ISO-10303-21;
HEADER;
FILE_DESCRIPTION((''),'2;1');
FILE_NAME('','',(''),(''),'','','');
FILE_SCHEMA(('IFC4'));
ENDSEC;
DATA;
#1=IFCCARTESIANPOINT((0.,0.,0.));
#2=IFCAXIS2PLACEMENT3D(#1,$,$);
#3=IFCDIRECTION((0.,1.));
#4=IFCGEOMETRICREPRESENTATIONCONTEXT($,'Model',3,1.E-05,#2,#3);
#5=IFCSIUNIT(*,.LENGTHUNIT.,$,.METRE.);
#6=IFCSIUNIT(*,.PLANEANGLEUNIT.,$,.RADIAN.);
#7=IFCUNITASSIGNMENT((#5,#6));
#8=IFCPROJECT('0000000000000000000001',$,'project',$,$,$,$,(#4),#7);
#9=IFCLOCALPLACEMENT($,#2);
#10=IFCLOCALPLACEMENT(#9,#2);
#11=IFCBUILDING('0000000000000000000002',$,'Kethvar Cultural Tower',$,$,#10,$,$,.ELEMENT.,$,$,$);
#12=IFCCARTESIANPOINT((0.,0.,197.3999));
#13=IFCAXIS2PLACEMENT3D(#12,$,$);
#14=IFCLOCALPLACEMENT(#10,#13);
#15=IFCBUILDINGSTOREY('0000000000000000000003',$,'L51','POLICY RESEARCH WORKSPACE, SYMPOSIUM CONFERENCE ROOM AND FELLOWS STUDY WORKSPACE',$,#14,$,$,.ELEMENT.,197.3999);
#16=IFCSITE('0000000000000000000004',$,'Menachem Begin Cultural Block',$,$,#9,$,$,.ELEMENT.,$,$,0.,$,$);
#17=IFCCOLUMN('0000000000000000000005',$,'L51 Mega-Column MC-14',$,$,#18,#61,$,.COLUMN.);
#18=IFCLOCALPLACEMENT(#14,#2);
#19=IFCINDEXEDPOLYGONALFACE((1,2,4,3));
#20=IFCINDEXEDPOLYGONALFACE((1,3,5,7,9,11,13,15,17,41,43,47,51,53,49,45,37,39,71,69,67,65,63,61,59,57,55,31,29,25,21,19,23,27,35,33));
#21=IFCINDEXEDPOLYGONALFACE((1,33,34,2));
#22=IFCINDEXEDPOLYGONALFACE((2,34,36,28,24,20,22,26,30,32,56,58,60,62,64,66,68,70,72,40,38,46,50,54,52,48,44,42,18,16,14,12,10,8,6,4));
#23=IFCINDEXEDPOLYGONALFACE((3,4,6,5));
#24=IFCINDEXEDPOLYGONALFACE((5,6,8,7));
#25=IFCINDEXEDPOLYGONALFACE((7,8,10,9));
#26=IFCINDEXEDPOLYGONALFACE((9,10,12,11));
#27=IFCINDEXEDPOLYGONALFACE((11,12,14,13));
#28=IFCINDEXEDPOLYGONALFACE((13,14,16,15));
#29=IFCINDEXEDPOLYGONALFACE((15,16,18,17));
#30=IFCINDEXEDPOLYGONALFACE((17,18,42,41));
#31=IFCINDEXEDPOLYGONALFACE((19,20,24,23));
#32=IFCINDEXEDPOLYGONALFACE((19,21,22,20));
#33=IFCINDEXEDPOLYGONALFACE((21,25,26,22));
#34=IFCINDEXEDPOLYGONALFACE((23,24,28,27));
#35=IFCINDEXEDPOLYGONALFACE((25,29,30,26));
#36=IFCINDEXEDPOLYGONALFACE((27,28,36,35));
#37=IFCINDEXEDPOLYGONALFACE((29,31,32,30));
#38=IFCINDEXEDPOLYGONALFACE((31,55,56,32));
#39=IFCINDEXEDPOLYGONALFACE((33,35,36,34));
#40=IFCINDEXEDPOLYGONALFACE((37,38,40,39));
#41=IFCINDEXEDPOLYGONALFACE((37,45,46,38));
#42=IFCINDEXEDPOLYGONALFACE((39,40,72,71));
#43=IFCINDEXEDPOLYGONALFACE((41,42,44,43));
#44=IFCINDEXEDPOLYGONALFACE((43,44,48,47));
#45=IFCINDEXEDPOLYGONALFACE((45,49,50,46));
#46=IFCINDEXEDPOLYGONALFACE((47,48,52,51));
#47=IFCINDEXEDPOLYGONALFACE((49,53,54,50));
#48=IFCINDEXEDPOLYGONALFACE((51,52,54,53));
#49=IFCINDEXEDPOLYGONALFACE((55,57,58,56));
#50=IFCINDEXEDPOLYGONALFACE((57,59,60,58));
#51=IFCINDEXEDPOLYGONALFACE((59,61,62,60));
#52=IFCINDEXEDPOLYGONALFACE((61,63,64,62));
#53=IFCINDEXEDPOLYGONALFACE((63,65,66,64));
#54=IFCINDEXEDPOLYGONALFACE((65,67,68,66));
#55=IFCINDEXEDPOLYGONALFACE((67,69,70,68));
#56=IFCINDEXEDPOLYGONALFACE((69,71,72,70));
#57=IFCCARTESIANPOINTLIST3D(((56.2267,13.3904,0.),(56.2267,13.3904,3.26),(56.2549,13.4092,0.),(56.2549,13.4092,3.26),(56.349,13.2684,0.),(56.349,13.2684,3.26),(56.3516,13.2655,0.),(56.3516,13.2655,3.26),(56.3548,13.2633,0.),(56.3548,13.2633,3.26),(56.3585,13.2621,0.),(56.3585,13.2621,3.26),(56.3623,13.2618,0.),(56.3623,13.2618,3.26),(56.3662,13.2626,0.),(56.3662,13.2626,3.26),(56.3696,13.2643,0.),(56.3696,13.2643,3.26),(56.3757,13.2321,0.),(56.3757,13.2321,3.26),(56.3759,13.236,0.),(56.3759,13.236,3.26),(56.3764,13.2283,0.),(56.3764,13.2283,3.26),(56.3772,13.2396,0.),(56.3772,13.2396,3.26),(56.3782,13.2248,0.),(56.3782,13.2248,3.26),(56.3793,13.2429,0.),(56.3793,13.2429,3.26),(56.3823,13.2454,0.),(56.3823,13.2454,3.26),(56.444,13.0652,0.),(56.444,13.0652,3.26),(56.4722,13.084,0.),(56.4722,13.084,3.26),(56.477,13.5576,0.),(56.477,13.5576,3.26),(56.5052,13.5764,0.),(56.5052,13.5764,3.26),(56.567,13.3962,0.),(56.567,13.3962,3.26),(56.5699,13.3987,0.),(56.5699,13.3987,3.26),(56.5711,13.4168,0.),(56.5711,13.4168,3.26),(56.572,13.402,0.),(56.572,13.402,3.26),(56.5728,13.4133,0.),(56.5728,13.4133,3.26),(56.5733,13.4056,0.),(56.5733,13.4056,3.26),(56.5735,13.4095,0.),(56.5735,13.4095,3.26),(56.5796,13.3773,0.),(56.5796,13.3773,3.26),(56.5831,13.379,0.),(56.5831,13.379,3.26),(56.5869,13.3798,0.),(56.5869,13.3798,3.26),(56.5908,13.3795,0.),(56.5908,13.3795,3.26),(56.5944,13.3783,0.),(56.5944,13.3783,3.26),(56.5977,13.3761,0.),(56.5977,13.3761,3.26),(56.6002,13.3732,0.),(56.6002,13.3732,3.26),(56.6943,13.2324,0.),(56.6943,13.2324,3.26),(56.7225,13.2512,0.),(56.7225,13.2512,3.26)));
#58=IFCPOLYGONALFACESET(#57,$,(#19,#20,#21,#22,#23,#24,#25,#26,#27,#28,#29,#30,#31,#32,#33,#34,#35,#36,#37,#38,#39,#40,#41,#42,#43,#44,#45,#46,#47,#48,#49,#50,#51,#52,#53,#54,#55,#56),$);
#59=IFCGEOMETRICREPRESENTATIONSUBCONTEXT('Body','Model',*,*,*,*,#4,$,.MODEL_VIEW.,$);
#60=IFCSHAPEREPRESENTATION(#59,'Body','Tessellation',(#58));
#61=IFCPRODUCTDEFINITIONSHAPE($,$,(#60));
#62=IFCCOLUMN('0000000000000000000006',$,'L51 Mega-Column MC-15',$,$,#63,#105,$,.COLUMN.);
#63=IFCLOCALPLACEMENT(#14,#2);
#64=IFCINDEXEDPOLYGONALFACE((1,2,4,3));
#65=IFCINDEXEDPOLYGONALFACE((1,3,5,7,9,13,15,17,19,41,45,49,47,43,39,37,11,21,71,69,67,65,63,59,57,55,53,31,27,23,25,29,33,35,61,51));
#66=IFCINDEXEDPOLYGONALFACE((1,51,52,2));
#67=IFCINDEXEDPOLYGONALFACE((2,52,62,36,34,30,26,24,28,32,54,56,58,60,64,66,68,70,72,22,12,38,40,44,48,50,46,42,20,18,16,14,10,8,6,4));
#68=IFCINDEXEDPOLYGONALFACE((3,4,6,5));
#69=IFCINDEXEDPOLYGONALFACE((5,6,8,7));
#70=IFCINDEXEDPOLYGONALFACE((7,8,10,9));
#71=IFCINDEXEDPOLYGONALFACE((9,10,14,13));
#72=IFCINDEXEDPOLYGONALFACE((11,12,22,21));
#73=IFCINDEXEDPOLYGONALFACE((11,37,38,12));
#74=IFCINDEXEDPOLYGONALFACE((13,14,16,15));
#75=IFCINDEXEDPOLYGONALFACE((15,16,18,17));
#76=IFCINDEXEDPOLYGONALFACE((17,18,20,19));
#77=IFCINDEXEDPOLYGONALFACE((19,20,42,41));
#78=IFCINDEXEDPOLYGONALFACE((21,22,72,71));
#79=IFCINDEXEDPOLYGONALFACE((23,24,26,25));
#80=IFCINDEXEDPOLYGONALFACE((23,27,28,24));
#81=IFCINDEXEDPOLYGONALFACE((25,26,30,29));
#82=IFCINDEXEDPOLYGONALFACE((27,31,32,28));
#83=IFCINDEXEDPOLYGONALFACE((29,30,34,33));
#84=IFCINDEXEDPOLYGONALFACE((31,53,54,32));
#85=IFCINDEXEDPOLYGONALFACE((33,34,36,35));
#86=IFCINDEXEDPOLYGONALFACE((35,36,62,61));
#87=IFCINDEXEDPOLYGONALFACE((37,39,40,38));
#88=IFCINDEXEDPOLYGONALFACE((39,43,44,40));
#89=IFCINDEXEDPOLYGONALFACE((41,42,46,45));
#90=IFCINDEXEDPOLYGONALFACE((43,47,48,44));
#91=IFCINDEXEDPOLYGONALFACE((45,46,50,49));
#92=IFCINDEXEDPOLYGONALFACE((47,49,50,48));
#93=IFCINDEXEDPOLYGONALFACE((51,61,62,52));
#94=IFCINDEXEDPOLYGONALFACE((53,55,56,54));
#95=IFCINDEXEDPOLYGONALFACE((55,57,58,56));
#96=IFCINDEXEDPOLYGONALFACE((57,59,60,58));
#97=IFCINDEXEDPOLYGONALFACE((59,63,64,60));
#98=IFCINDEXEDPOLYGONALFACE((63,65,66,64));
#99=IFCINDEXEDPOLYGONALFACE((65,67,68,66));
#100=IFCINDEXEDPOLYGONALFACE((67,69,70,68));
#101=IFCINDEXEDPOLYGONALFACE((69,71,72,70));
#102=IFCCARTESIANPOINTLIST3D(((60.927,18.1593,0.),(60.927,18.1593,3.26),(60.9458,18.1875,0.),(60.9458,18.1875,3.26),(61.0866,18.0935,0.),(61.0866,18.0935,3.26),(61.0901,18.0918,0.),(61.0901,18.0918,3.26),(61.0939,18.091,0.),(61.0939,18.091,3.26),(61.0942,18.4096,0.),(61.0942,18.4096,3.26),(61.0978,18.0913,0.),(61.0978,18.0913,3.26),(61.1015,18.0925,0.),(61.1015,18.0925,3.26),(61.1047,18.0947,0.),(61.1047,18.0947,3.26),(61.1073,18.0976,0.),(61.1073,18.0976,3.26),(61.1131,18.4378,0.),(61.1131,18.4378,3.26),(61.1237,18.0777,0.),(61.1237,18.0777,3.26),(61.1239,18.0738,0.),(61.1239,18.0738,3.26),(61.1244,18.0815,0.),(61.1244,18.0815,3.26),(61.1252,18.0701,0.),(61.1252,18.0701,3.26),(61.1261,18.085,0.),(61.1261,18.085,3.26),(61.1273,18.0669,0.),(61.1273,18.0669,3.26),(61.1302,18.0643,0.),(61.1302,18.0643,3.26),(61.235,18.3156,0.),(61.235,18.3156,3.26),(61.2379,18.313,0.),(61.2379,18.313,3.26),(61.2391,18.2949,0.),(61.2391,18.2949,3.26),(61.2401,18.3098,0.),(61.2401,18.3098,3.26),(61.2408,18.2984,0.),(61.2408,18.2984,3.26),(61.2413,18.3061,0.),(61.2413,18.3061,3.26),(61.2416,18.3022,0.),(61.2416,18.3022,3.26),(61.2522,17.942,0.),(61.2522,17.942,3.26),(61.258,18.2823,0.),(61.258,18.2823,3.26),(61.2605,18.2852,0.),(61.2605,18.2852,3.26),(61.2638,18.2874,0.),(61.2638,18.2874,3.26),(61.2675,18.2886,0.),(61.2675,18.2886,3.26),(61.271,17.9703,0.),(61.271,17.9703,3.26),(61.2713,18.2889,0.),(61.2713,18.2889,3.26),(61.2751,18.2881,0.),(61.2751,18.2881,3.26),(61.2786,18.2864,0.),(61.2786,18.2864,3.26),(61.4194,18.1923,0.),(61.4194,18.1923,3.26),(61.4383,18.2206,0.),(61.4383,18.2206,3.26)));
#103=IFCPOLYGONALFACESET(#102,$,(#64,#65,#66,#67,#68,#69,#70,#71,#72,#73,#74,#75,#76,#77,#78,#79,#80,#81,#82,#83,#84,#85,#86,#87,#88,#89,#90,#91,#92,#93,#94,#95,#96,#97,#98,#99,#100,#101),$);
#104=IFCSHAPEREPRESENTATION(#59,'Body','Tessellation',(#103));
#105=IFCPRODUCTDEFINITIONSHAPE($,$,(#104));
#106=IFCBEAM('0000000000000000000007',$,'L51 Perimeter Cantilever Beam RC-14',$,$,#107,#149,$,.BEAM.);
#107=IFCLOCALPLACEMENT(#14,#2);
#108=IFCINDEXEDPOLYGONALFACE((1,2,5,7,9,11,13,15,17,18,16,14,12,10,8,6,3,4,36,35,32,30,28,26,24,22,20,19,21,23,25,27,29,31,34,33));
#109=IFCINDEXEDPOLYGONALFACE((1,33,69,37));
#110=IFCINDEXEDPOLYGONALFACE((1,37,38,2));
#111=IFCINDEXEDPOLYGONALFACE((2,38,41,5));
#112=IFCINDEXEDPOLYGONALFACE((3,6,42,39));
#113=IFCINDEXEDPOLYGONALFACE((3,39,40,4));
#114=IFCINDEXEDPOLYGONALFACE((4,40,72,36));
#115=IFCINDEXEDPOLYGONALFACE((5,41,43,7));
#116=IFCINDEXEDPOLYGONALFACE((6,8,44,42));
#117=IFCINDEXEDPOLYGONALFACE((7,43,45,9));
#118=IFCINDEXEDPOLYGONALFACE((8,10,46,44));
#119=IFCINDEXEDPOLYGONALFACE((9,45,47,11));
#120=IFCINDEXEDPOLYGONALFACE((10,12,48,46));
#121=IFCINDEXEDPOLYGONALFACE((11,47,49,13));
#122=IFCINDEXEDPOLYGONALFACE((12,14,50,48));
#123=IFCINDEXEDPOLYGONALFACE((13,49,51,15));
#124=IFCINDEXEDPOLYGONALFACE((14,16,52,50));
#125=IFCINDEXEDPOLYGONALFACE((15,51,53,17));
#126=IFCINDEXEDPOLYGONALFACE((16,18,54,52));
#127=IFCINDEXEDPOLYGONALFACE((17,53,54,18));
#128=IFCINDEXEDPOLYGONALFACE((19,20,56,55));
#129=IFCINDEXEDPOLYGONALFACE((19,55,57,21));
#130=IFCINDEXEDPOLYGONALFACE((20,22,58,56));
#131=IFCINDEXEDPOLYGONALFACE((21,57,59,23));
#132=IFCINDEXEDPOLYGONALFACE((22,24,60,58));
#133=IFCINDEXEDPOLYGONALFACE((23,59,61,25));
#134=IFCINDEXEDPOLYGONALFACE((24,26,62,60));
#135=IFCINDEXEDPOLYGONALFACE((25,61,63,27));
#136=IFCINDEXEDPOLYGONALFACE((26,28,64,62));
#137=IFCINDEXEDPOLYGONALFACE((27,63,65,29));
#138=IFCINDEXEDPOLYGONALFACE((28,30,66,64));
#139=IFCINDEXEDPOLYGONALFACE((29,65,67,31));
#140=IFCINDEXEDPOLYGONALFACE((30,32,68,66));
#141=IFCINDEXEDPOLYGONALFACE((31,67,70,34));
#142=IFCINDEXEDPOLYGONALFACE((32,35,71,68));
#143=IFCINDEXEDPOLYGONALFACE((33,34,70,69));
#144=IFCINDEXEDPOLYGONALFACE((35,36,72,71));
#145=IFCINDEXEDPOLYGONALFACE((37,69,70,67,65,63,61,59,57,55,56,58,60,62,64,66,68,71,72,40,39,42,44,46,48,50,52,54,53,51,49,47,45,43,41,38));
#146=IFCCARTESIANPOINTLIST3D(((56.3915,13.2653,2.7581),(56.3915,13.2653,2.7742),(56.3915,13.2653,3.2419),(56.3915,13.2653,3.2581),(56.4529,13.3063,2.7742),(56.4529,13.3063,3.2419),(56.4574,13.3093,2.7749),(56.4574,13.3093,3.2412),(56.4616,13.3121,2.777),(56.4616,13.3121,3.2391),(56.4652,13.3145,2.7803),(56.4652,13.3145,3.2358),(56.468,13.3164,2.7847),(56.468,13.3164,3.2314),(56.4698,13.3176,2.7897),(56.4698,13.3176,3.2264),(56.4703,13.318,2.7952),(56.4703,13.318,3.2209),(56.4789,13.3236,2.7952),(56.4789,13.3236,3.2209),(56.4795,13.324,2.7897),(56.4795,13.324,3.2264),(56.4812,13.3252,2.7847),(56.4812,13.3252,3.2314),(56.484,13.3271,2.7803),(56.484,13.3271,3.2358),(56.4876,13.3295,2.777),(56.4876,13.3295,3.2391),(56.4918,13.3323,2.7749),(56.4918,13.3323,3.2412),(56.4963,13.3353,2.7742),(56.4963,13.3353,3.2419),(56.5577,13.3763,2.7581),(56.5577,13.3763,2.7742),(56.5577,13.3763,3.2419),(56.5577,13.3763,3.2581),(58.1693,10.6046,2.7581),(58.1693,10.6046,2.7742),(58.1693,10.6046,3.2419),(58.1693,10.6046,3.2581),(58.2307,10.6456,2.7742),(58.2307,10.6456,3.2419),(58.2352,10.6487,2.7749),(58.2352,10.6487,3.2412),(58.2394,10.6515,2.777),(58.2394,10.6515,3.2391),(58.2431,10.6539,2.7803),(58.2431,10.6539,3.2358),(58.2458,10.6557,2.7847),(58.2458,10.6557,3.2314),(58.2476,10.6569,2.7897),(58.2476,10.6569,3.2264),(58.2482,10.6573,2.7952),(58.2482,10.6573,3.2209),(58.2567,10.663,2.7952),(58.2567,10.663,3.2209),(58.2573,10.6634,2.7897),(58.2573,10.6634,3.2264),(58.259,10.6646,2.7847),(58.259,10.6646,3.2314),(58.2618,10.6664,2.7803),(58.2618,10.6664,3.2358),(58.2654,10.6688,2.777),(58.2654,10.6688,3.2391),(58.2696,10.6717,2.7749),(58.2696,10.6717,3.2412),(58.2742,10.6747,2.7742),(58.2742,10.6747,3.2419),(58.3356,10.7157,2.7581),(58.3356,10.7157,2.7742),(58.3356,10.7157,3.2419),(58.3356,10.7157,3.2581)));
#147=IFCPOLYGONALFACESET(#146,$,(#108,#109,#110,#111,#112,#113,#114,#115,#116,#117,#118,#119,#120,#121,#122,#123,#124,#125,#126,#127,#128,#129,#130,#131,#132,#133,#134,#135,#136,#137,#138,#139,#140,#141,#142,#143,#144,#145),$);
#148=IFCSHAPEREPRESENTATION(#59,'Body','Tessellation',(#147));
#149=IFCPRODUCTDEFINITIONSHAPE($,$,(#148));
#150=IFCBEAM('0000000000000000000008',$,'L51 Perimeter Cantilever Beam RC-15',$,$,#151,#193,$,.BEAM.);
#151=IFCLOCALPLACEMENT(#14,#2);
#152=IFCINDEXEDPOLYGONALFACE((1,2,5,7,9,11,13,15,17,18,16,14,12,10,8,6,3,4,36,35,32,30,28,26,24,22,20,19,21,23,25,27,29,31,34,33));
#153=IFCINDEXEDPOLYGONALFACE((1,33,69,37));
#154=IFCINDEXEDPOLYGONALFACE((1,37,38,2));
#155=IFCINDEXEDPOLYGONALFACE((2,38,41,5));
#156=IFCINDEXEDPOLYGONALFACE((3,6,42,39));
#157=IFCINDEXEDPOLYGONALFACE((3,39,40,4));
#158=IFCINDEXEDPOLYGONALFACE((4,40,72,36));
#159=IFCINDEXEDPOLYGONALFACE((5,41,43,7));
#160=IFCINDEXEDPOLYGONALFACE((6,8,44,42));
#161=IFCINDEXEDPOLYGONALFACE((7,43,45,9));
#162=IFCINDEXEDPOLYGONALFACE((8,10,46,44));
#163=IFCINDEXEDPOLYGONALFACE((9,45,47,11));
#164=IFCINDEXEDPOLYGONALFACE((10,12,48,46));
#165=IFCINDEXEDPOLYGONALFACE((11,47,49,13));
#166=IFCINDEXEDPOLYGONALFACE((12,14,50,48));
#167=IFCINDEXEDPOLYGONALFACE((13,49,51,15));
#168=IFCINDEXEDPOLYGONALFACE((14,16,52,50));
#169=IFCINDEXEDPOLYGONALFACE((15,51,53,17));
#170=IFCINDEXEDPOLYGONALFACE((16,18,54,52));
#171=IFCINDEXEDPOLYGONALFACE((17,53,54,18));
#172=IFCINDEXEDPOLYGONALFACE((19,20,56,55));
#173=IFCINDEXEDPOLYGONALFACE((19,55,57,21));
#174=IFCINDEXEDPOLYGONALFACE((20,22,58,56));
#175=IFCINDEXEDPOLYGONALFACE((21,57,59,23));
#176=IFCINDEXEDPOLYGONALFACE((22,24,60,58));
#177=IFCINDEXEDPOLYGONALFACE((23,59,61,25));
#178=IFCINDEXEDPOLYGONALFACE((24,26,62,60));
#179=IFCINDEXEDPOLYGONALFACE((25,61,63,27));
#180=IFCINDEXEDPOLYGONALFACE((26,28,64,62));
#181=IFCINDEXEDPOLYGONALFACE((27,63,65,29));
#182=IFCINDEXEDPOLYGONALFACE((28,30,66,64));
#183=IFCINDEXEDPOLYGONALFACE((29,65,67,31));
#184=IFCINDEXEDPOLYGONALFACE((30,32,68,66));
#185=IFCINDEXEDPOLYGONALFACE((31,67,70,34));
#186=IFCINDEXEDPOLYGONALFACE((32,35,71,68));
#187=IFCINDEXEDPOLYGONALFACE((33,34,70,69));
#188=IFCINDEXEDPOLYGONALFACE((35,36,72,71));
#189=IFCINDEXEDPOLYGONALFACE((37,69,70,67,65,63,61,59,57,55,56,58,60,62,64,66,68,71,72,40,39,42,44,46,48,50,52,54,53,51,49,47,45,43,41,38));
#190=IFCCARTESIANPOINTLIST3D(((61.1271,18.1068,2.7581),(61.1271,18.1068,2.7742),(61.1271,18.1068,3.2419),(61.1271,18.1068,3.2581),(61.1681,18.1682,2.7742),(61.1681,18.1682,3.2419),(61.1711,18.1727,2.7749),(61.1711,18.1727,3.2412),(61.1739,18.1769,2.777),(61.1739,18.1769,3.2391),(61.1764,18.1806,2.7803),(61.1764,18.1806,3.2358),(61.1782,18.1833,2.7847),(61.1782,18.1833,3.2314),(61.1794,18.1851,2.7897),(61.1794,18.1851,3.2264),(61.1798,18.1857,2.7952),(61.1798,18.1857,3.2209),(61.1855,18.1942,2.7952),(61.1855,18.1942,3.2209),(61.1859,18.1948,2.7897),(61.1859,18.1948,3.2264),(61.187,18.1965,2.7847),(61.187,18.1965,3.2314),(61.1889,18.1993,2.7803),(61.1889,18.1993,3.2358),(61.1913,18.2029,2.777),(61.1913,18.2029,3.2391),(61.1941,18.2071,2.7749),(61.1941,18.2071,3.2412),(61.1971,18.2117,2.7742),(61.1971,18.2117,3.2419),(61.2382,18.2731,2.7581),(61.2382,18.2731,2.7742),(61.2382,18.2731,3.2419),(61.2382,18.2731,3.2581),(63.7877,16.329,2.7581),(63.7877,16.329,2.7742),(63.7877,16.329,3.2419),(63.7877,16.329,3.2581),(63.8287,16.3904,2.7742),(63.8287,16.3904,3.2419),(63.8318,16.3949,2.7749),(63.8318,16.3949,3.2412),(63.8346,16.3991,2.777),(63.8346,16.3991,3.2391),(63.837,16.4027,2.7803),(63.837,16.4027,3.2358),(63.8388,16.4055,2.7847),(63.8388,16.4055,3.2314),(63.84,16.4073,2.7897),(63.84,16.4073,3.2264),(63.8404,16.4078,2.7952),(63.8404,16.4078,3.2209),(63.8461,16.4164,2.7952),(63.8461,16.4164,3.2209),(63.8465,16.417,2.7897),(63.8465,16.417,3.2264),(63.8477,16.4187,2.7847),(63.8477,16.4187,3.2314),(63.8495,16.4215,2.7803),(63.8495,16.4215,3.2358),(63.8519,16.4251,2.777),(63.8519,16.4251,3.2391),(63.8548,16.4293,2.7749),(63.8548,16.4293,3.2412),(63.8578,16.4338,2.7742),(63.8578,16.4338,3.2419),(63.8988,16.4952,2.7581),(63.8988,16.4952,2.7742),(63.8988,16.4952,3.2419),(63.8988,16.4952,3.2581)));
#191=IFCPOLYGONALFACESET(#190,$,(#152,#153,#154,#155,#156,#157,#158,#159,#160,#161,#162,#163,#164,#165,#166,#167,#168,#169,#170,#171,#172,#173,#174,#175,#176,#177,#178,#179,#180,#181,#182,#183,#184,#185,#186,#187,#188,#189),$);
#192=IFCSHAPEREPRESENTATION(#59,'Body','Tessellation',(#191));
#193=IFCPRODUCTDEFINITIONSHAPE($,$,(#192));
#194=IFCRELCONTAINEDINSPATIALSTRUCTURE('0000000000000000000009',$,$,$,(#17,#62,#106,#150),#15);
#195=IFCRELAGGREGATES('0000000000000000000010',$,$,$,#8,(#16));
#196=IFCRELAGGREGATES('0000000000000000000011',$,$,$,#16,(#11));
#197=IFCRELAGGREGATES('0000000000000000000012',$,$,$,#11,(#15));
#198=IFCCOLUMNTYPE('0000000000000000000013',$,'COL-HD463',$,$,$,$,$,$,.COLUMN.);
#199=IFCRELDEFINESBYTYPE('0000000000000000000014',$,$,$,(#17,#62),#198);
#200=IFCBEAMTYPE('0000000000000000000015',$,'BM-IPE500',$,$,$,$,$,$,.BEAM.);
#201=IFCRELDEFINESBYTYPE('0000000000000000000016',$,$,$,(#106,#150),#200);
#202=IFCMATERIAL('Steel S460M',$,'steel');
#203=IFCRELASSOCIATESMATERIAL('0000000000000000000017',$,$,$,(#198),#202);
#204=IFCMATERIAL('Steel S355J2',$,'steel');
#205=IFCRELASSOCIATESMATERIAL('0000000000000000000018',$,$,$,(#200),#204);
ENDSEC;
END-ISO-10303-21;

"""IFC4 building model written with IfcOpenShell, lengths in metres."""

from ifc_helpers import new_model, si_unit, direction, frame, origin, origin_2d, place, context, subcontext, project, spatial, i_section, extrude, source, transform, mapped, material, material_profile, profile_set, type_object, element, save


model = new_model("IFC4")

# Units and contexts
model_context = context("Model", 3, precision=1e-05, world=origin(), true_north=direction((0.0, 1.0)))
body_context = subcontext(model_context, "Body", "Model", "MODEL_VIEW")
ifc_project = project(units=[si_unit("LENGTHUNIT", "METRE"), si_unit("PLANEANGLEUNIT", "RADIAN")], contexts=[model_context])

# Site, building, storey
site_placement = place(None, origin())
site = spatial("IfcSite", under=ifc_project, at=site_placement, Name="Menachem Begin Cultural Block", CompositionType="ELEMENT", RefElevation=0.0)
building_placement = place(site_placement, origin())
building = spatial("IfcBuilding", under=site, at=building_placement, Name="Kethvar Cultural Tower", CompositionType="ELEMENT")
storey_placement = place(building_placement, frame((0.0, 0.0, 197.3999)))
storey = spatial("IfcBuildingStorey", under=building, at=storey_placement, Name="L51", Description="POLICY RESEARCH WORKSPACE, SYMPOSIUM CONFERENCE ROOM AND FELLOWS STUDY WORKSPACE", CompositionType="ELEMENT", Elevation=197.3999)

# Columns
ifc_material_1 = material(Name="Steel S460M", Category="steel")
ifc_material_profile_1 = material_profile(ifc_material_1, i_section(OverallWidth=0.3911, OverallDepth=0.335, WebThickness=0.0227, FlangeThickness=0.0339, FilletRadius=0.0149, at=origin_2d()), Name="Steel S460M — HD400x463")
ifc_profile_set_1 = profile_set([ifc_material_profile_1], Name="Steel S460M — HD400x463")
column_type = type_object("IfcColumnType", Name="COL-HD463", PredefinedType="COLUMN", material=ifc_profile_set_1)
shared_shape_1 = source(origin(), body_context, "Body", "SweptSolid", [
    extrude(i_section(OverallWidth=0.3911, OverallDepth=0.335, WebThickness=0.0227, FlangeThickness=0.0339, FilletRadius=0.0149, at=origin_2d()), origin(), (0.0, 0.0, 1.0), 3.26),
])
for number, where, z_axis, x_axis, name in (
    (1, (56.4746, 13.3208, 0.0), (0.0, 0.0, 1.0), (0.55557, -0.83147, 0.0), "L51 Mega-Column MC-14"),
    (2, (61.1826, 18.1899, 0.0), (0.0, 0.0, 1.0), (0.83147, -0.55557, 0.0), "L51 Mega-Column MC-15"),
):
    element("IfcColumn", number, at=place(storey_placement, frame(where, z_axis=z_axis, x_axis=x_axis)), inside=storey, type_object=column_type, Name=name, PredefinedType="COLUMN", context=body_context, shape_type="MappedRepresentation", body=[
        mapped(shared_shape_1, transform((0.0, 0.0, 0.0), scale=1.0)),
    ])

# Beams
ifc_material_2 = material(Name="Steel S355J2", Category="steel")
ifc_material_profile_2 = material_profile(ifc_material_2, i_section(OverallWidth=0.2, OverallDepth=0.5, WebThickness=0.0103, FlangeThickness=0.0161, FilletRadius=0.021, at=origin_2d()), Name="Steel S355J2 — IPE500")
ifc_profile_set_2 = profile_set([ifc_material_profile_2], Name="Steel S355J2 — IPE500")
beam_type_1 = type_object("IfcBeamType", Name="BM-IPE500", PredefinedType="BEAM", material=ifc_profile_set_2)
shared_shape_2 = source(origin(), body_context, "Body", "SweptSolid", [
    extrude(i_section(OverallWidth=0.2, OverallDepth=0.5, WebThickness=0.0103, FlangeThickness=0.0161, FilletRadius=0.021, at=origin_2d()), origin(), (0.0, 0.0, 1.0), 3.2),
])
for number, where, z_axis, x_axis, name in (
    (3, (56.4746, 13.3208, 3.0081), (0.55558, -0.831463, 0.0), (0.831463, 0.55558, 0.0), "L51 Perimeter Cantilever Beam RC-14"),
    (4, (61.1826, 18.1899, 3.0081), (0.831463, -0.55558, 0.0), (0.55558, 0.831463, 0.0), "L51 Perimeter Cantilever Beam RC-15"),
):
    element("IfcBeam", number, at=place(storey_placement, frame(where, z_axis=z_axis, x_axis=x_axis)), inside=storey, type_object=beam_type_1, Name=name, PredefinedType="BEAM", context=body_context, shape_type="MappedRepresentation", body=[
        mapped(shared_shape_2, transform((0.0, 0.0, 0.0), scale=1.0)),
    ])

save(model, "model.ifc")
